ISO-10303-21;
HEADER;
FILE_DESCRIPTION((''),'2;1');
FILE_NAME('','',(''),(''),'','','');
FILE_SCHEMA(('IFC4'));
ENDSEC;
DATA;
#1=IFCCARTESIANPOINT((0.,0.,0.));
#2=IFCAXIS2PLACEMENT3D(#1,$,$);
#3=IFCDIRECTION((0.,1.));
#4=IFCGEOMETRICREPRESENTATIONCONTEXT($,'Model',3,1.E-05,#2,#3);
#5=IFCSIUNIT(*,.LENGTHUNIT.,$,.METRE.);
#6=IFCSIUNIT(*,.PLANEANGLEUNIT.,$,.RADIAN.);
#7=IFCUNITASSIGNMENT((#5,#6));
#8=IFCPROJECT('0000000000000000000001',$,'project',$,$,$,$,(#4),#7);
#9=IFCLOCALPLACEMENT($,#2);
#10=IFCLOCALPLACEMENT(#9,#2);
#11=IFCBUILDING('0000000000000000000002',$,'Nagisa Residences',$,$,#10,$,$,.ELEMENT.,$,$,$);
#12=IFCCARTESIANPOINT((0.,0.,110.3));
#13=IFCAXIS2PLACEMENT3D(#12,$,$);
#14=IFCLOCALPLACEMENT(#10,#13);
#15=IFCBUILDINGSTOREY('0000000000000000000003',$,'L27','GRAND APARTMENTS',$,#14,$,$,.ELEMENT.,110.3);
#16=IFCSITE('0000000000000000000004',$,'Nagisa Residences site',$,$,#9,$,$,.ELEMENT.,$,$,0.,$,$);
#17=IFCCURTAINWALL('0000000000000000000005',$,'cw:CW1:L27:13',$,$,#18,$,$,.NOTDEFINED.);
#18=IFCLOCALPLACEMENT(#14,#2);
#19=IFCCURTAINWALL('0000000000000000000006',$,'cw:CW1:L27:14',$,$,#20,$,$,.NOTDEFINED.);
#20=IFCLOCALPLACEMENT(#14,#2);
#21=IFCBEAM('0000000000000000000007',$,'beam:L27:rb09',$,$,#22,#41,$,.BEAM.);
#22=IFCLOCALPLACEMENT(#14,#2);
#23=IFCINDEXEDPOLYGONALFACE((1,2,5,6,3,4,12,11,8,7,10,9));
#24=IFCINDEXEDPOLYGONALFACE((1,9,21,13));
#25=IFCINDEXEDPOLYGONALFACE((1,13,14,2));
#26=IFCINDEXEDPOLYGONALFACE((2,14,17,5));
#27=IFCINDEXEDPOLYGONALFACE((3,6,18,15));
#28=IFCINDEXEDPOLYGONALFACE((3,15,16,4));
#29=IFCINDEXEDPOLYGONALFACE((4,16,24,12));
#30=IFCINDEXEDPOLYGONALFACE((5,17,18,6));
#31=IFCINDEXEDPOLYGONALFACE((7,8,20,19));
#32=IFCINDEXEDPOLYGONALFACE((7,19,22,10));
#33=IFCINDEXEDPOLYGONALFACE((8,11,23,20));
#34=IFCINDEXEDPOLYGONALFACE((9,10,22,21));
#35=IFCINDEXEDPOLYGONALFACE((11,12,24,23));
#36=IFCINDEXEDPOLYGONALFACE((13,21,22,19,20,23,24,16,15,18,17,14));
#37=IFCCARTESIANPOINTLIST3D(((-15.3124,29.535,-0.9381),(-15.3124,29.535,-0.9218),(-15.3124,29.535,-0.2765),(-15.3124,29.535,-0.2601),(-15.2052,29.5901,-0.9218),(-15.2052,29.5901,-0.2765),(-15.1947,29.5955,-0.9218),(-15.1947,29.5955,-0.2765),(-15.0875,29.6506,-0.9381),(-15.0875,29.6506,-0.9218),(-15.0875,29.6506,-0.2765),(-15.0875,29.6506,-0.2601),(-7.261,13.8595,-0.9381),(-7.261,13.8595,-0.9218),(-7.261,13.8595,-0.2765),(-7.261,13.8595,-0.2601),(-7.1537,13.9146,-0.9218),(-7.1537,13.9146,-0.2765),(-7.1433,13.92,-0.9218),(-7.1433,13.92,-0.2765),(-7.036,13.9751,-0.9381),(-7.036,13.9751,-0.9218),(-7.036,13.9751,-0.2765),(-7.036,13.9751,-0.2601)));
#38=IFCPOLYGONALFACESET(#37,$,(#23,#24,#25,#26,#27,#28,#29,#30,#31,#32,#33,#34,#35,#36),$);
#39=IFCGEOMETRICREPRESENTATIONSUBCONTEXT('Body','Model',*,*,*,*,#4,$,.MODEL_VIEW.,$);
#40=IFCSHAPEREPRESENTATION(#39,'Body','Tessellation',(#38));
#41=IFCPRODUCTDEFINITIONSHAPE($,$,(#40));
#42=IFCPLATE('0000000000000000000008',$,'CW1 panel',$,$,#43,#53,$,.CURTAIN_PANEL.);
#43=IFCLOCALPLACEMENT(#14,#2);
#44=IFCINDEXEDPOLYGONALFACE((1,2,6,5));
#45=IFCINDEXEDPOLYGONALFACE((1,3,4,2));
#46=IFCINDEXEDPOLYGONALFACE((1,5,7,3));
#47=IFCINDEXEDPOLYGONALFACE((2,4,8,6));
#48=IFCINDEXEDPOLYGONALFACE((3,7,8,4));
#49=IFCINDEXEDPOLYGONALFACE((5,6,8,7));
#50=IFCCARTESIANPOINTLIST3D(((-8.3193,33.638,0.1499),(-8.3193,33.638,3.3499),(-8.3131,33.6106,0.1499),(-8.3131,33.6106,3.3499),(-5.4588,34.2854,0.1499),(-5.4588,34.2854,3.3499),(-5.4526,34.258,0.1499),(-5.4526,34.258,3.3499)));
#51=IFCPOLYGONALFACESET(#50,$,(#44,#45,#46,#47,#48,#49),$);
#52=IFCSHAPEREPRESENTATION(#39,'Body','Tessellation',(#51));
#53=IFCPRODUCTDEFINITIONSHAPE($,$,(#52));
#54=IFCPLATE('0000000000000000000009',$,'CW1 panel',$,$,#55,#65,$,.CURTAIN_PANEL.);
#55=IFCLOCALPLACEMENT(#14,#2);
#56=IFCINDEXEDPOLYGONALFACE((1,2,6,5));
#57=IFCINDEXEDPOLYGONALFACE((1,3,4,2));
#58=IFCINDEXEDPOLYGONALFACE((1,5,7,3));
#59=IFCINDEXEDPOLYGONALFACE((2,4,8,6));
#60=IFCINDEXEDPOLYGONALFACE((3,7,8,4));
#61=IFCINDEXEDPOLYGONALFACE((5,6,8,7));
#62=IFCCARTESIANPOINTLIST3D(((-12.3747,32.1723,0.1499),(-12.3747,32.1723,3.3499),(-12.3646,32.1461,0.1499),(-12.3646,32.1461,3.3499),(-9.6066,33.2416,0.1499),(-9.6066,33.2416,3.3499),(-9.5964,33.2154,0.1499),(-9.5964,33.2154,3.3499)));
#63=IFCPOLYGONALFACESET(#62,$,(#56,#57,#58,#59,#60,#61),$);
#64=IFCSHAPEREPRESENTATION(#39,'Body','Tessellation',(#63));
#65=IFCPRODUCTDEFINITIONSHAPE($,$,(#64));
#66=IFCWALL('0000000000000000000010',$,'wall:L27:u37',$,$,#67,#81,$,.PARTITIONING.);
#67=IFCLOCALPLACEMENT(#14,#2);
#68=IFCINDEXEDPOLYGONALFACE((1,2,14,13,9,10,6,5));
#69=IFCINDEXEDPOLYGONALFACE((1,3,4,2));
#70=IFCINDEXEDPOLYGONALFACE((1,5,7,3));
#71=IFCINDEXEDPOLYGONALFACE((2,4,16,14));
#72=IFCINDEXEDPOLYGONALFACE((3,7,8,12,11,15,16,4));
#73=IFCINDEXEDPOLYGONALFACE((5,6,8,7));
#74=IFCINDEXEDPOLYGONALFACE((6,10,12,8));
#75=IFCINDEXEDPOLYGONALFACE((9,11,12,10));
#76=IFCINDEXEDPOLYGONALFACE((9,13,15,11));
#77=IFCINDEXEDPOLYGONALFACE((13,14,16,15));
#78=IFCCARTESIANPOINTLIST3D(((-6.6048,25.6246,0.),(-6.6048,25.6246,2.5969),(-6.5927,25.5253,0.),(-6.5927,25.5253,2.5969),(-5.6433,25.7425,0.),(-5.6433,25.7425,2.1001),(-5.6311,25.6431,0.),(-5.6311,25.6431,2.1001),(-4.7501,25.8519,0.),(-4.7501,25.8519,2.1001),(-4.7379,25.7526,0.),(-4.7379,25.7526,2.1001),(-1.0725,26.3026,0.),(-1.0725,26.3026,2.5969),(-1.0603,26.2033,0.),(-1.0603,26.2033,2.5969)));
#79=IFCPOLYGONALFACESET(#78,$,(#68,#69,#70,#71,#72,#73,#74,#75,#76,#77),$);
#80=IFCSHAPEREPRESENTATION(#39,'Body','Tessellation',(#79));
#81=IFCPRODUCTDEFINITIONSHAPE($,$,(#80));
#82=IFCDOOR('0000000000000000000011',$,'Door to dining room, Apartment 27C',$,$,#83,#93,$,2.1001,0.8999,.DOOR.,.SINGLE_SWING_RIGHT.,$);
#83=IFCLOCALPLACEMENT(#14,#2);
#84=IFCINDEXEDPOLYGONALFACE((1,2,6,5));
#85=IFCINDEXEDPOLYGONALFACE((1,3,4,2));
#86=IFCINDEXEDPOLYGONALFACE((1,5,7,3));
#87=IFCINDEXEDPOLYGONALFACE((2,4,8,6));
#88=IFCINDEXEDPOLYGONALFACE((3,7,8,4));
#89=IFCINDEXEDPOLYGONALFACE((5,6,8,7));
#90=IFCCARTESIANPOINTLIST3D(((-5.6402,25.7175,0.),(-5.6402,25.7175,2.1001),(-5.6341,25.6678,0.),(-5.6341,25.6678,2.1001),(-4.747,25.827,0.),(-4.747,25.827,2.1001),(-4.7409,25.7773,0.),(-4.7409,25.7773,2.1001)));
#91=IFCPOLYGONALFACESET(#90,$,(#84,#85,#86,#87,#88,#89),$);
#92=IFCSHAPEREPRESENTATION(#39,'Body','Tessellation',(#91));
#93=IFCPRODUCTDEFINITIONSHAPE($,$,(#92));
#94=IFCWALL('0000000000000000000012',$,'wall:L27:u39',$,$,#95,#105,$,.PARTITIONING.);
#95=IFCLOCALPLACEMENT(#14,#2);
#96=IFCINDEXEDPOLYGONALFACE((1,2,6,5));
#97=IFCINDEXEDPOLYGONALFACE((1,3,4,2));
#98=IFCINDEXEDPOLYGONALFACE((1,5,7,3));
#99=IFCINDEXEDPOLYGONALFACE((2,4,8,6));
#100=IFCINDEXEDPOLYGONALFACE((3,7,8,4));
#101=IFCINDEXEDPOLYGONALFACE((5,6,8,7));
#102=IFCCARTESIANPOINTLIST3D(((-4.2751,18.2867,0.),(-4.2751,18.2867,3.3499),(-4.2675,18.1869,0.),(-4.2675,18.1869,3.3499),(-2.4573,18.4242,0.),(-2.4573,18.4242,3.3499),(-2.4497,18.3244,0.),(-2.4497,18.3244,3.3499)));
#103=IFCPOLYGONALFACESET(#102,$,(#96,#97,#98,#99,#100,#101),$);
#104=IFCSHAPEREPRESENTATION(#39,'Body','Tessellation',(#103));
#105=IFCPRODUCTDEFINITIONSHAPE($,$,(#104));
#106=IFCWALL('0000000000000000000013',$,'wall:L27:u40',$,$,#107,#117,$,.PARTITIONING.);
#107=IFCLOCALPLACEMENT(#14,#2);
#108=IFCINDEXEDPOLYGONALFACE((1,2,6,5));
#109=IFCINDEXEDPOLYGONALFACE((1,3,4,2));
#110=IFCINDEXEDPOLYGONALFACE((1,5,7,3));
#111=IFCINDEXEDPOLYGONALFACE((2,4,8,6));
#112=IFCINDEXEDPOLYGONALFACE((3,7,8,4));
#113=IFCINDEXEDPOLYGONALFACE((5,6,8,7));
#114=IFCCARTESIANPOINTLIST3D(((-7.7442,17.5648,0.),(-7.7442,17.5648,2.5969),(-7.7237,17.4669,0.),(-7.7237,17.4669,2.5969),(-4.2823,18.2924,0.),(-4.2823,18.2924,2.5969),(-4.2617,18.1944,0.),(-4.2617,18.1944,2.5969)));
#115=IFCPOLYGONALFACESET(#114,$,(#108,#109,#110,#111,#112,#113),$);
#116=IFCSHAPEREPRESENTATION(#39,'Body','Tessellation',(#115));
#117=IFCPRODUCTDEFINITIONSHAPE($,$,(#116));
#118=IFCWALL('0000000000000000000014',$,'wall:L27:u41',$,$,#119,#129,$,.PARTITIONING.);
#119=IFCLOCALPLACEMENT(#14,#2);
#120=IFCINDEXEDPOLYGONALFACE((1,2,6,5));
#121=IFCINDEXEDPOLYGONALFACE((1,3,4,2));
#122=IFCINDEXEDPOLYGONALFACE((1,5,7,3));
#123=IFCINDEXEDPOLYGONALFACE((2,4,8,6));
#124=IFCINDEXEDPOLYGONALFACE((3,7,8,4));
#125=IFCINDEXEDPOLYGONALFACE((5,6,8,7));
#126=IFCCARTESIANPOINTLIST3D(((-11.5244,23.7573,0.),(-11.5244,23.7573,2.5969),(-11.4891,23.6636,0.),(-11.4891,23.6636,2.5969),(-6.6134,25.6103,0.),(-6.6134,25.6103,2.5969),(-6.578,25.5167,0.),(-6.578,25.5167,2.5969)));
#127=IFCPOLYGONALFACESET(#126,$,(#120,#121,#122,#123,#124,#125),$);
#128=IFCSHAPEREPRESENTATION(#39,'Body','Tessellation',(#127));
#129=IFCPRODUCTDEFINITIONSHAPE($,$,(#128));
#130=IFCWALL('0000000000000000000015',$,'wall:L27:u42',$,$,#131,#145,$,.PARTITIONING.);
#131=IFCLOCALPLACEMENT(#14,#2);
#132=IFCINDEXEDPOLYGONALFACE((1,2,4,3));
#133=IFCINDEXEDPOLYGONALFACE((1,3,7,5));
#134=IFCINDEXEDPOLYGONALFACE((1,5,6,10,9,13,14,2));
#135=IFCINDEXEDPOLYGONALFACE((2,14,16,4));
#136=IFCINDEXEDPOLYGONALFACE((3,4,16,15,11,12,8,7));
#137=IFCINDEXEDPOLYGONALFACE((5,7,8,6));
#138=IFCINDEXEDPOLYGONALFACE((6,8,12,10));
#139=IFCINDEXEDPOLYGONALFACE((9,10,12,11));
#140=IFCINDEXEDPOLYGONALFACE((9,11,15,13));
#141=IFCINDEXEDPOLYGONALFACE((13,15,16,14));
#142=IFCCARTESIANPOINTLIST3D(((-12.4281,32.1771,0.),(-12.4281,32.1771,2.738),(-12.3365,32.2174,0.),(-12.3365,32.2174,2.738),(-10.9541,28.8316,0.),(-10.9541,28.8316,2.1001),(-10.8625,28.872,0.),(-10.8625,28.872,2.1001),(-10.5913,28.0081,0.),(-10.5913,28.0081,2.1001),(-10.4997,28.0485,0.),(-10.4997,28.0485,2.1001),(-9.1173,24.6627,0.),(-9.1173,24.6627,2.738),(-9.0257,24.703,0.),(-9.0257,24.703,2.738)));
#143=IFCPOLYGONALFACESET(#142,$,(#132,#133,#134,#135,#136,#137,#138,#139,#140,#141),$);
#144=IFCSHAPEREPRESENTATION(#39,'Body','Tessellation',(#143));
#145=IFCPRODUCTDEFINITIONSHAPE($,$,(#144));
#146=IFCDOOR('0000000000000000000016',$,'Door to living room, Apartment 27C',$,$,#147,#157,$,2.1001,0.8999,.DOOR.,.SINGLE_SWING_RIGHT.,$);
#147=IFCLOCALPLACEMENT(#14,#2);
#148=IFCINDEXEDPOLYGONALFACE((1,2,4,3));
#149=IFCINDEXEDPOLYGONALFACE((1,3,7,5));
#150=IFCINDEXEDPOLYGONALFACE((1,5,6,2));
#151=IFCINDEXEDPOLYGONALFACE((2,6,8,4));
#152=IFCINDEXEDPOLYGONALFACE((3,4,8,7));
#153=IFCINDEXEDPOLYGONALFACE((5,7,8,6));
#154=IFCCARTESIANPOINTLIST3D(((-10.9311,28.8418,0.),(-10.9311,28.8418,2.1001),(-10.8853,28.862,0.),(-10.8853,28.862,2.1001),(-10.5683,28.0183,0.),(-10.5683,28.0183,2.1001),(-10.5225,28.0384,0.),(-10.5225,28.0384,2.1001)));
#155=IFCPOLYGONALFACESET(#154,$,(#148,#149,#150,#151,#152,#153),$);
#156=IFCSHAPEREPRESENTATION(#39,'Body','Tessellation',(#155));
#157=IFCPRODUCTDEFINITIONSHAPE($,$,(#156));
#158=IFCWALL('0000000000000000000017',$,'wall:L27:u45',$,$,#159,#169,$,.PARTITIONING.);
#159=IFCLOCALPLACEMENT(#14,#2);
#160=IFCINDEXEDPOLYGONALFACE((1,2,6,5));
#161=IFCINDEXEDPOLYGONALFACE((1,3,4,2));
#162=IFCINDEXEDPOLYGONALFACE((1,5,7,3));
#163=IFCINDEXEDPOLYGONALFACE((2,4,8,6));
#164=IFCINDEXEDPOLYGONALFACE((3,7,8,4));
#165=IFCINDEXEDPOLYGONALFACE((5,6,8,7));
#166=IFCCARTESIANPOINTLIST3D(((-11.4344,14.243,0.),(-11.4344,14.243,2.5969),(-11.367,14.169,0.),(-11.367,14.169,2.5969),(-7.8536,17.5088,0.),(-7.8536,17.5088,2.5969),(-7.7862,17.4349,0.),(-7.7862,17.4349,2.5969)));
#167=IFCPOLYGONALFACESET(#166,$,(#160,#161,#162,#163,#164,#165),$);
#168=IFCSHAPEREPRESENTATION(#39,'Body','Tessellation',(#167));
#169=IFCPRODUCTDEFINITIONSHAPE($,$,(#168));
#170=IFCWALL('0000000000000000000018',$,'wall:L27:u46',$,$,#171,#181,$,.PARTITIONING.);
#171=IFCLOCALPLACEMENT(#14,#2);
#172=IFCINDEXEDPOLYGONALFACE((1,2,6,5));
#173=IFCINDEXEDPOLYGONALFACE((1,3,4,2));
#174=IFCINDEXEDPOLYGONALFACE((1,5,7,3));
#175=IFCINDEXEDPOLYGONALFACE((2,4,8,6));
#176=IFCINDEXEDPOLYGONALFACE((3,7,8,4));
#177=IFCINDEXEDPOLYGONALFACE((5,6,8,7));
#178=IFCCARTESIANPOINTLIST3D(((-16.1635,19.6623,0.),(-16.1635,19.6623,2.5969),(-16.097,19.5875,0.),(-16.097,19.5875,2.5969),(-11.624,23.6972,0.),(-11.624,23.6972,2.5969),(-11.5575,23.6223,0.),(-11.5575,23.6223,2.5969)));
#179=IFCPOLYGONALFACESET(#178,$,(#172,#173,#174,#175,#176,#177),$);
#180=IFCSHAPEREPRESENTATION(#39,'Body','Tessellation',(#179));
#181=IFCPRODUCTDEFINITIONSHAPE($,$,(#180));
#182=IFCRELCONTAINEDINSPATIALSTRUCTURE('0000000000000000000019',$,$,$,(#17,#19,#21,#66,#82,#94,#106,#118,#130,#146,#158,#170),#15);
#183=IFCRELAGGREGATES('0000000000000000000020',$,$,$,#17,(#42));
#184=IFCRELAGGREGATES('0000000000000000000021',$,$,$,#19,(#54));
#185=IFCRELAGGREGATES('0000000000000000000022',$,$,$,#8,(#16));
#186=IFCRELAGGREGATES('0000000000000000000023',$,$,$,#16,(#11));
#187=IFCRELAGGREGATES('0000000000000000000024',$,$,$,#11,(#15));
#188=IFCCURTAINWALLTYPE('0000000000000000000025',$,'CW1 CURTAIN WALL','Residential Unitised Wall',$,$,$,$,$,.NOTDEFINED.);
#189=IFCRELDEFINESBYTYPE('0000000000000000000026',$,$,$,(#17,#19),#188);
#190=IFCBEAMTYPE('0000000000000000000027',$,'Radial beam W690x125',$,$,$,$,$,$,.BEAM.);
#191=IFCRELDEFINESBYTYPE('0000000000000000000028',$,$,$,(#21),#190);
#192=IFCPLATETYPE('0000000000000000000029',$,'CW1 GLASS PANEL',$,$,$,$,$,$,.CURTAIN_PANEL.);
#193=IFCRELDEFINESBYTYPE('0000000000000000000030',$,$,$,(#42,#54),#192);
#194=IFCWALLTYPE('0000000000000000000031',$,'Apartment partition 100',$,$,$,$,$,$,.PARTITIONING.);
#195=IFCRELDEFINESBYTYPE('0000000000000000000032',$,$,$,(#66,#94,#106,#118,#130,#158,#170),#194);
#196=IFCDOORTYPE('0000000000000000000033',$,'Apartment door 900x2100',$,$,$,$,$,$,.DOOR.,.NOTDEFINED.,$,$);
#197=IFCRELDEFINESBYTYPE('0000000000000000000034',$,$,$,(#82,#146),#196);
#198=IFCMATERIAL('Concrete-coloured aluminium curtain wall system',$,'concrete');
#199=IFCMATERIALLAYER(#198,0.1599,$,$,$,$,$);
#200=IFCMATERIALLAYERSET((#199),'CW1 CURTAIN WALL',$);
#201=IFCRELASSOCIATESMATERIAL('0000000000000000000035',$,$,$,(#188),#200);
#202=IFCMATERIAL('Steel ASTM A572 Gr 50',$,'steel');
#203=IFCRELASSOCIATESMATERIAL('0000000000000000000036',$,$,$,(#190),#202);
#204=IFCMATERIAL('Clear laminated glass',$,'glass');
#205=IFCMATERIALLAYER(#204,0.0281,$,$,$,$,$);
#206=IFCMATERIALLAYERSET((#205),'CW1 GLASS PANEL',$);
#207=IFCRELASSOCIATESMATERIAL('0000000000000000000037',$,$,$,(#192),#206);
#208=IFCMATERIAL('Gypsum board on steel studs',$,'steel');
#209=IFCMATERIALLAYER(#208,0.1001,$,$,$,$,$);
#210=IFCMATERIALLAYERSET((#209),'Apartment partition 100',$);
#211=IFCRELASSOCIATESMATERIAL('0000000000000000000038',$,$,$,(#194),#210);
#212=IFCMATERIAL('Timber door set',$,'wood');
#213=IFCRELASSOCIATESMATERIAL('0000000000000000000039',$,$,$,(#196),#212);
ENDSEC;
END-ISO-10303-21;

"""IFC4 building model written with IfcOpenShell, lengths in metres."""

from ifc_helpers import new_model, si_unit, direction, frame, frame_2d, origin, origin_2d, place, context, subcontext, project, spatial, rectangle, i_section, extrude, material, layer, layer_set, material_profile, profile_set, type_object, element, fill, aggregate, save


model = new_model("IFC4")

# Units and contexts
model_context = context("Model", 3, precision=1e-05, world=origin(), true_north=direction((0.0, 1.0)))
body_context = subcontext(model_context, "Body", "Model", "MODEL_VIEW")
ifc_project = project(units=[si_unit("LENGTHUNIT", "METRE"), si_unit("PLANEANGLEUNIT", "RADIAN")], contexts=[model_context])

# Site, building, storey
site_placement = place(None, origin())
site = spatial("IfcSite", under=ifc_project, at=site_placement, Name="Nagisa Residences site", CompositionType="ELEMENT", RefElevation=0.0)
building_placement = place(site_placement, origin())
building = spatial("IfcBuilding", under=site, at=building_placement, Name="Nagisa Residences", CompositionType="ELEMENT")
storey_placement = place(building_placement, frame((0.0, 0.0, 110.3)))
storey = spatial("IfcBuildingStorey", under=building, at=storey_placement, Name="L27", Description="GRAND APARTMENTS", CompositionType="ELEMENT", Elevation=110.3)

# Curtain walls
ifc_material_1 = material(Name="Concrete-coloured aluminium curtain wall system", Category="concrete")
ifc_layer_1 = layer(ifc_material_1, 0.1599)
ifc_layer_set_1 = layer_set([ifc_layer_1], Name="CW1 CURTAIN WALL")
curtain_wall_type = type_object("IfcCurtainWallType", Name="CW1 CURTAIN WALL", Description="Residential Unitised Wall", PredefinedType="NOTDEFINED", material=ifc_layer_set_1)
curtain_wall_1_placement = place(storey_placement, origin())
curtain_wall_1 = element("IfcCurtainWall", 1, at=curtain_wall_1_placement, inside=storey, type_object=curtain_wall_type, Name="cw:CW1:L27:13", PredefinedType="NOTDEFINED")
curtain_wall_2_placement = place(storey_placement, origin())
curtain_wall_2 = element("IfcCurtainWall", 2, at=curtain_wall_2_placement, inside=storey, type_object=curtain_wall_type, Name="cw:CW1:L27:14", PredefinedType="NOTDEFINED")

# Beam
ifc_material_2 = material(Name="Steel ASTM A572 Gr 50", Category="steel")
ifc_material_profile_1 = material_profile(ifc_material_2, i_section(OverallWidth=0.2529, OverallDepth=0.678, WebThickness=0.0117, FlangeThickness=0.0164, at=origin_2d()), Name="W690x125")
ifc_profile_set_1 = profile_set([ifc_material_profile_1], Name="Steel ASTM A572 Gr 50")
beam_type_1 = type_object("IfcBeamType", Name="Radial beam W690x125", PredefinedType="BEAM", material=ifc_profile_set_1)
beam_1_placement = place(storey_placement, frame((-15.2, 29.5928, -0.5991), z_axis=(0.456891, -0.889523, 0.0), x_axis=(0.889523, 0.456891, 0.0)))
element("IfcBeam", 3, at=beam_1_placement, inside=storey, type_object=beam_type_1, Name="beam:L27:rb09", PredefinedType="BEAM", context=body_context, shape_type="SweptSolid", body=[
    extrude(i_section(OverallWidth=0.2529, OverallDepth=0.678, WebThickness=0.0117, FlangeThickness=0.0164, at=origin_2d()), origin(), (0.0, 0.0, 1.0), 17.6223),
])

# Plates
ifc_material_3 = material(Name="Clear laminated glass", Category="glass")
ifc_layer_2 = layer(ifc_material_3, 0.0281)
ifc_layer_set_2 = layer_set([ifc_layer_2], Name="CW1 GLASS PANEL")
plate_type = type_object("IfcPlateType", Name="CW1 GLASS PANEL", PredefinedType="CURTAIN_PANEL", material=ifc_layer_set_2)
plate_1_placement = place(storey_placement, frame((-6.886, 33.948, 0.1499), z_axis=(0.0, 0.0, 1.0), x_axis=(-0.975327, -0.220764, 0.0)))
plate_1 = element("IfcPlate", 4, at=plate_1_placement, type_object=plate_type, Name="CW1 panel", PredefinedType="CURTAIN_PANEL", context=body_context, shape_type="SweptSolid", body=[
    extrude(rectangle(XDim=2.9329, YDim=0.0281, at=origin_2d()), origin(), (0.0, 0.0, 1.0), 3.2),
])
aggregate(curtain_wall_1, [plate_1])
plate_2_placement = place(storey_placement, frame((-10.9856, 32.6938, 0.1499), z_axis=(0.0, 0.0, 1.0), x_axis=(-0.932826, -0.360328, 0.0)))
plate_2 = element("IfcPlate", 5, at=plate_2_placement, type_object=plate_type, Name="CW1 panel", PredefinedType="CURTAIN_PANEL", context=body_context, shape_type="SweptSolid", body=[
    extrude(rectangle(XDim=2.9675, YDim=0.0281, at=origin_2d()), origin(), (0.0, 0.0, 1.0), 3.2),
])
aggregate(curtain_wall_2, [plate_2])

# Wall, opening, door
ifc_material_4 = material(Name="Gypsum board on steel studs", Category="steel")
ifc_layer_3 = layer(ifc_material_4, 0.1001)
ifc_layer_set_3 = layer_set([ifc_layer_3], Name="Apartment partition 100")
wall_type_1 = type_object("IfcWallType", Name="Apartment partition 100", PredefinedType="PARTITIONING", material=ifc_layer_set_3)
wall_1_placement = place(storey_placement, frame((-1.0664, 26.2529, 0.0), z_axis=(0.0, 0.0, 1.0), x_axis=(-0.992574, -0.121641, 0.0)))
wall_1 = element("IfcWall", 6, at=wall_1_placement, inside=storey, type_object=wall_type_1, Name="wall:L27:u37", PredefinedType="PARTITIONING", context=body_context, shape_type="SweptSolid", body=[
    extrude(rectangle(XDim=5.5737, YDim=0.1001, at=frame_2d((2.7869, 0.0))), origin(), (0.0, 0.0, 1.0), 2.5969),
])
opening_1_placement = place(wall_1_placement, frame((3.7051, 0.0, 0.0)))
opening_1 = element("IfcOpeningElement", 7, at=opening_1_placement, cuts=wall_1, PredefinedType="OPENING", context=body_context, shape_type="SweptSolid", body=[
    extrude(rectangle(XDim=0.8999, YDim=2.1001, at=frame_2d((0.45, 1.05))), frame((0.0, 0.0601, 0.0), z_axis=(0.0, -1.0, 0.0), x_axis=(1.0, 0.0, 0.0)), (0.0, 0.0, 1.0), 0.1201),
])
ifc_material_5 = material(Name="Timber door set", Category="wood")
door_type_1 = type_object("IfcDoorType", Name="Apartment door 900x2100", OperationType="NOTDEFINED", PredefinedType="DOOR", material=ifc_material_5)
door_1_placement = place(opening_1_placement, frame((0.8999, 0.0, 0.0), x_axis=(-1.0, 0.0, 0.0)))
door_1 = element("IfcDoor", 8, at=door_1_placement, inside=storey, type_object=door_type_1, Name="Door to dining room, Apartment 27C", OperationType="SINGLE_SWING_RIGHT", OverallHeight=2.1001, OverallWidth=0.8999, PredefinedType="DOOR", context=body_context, shape_type="SweptSolid", body=[
    extrude(rectangle(XDim=0.8999, YDim=2.1001, at=frame_2d((0.45, 1.05))), frame((0.0, 0.0249, 0.0), z_axis=(0.0, -1.0, 0.0), x_axis=(1.0, 0.0, 0.0)), (0.0, 0.0, 1.0), 0.05),
])
fill(opening_1, door_1)

# Walls
wall_2_placement = place(storey_placement, frame((-2.4534, 18.3743, 0.0), z_axis=(0.0, 0.0, 1.0), x_axis=(-0.997154, -0.075396, 0.0)))
element("IfcWall", 9, at=wall_2_placement, inside=storey, type_object=wall_type_1, Name="wall:L27:u39", PredefinedType="PARTITIONING", context=body_context, shape_type="SweptSolid", body=[
    extrude(rectangle(XDim=1.823, YDim=0.1001, at=frame_2d((0.9116, 0.0))), origin(), (0.0, 0.0, 1.0), 3.3499),
])
wall_3_placement = place(storey_placement, frame((-4.272, 18.2434, 0.0), z_axis=(0.0, 0.0, 1.0), x_axis=(-0.978623, -0.205663, 0.0)))
element("IfcWall", 10, at=wall_3_placement, inside=storey, type_object=wall_type_1, Name="wall:L27:u40", PredefinedType="PARTITIONING", context=body_context, shape_type="SweptSolid", body=[
    extrude(rectangle(XDim=3.5376, YDim=0.1001, at=frame_2d((1.7688, 0.0))), origin(), (0.0, 0.0, 1.0), 2.5969),
])
wall_4_placement = place(storey_placement, frame((-6.5957, 25.5635, 0.0), z_axis=(0.0, 0.0, 1.0), x_axis=(-0.935616, -0.353019, 0.0)))
element("IfcWall", 11, at=wall_4_placement, inside=storey, type_object=wall_type_1, Name="wall:L27:u41", PredefinedType="PARTITIONING", context=body_context, shape_type="SweptSolid", body=[
    extrude(rectangle(XDim=5.249, YDim=0.1001, at=frame_2d((2.6245, 0.0))), origin(), (0.0, 0.0, 1.0), 2.5969),
])

# Wall, opening, door
wall_5_placement = place(storey_placement, frame((-9.0715, 24.6829, 0.0), z_axis=(0.0, 0.0, 1.0), x_axis=(-0.403193, 0.915115, 0.0)))
wall_5 = element("IfcWall", 12, at=wall_5_placement, inside=storey, type_object=wall_type_1, Name="wall:L27:u42", PredefinedType="PARTITIONING", context=body_context, shape_type="SweptSolid", body=[
    extrude(rectangle(XDim=8.2114, YDim=0.1001, at=frame_2d((4.1057, 0.0))), origin(), (0.0, 0.0, 1.0), 2.738),
])
opening_2_placement = place(wall_5_placement, frame((3.6558, 0.0, 0.0)))
opening_2 = element("IfcOpeningElement", 13, at=opening_2_placement, cuts=wall_5, PredefinedType="OPENING", context=body_context, shape_type="SweptSolid", body=[
    extrude(rectangle(XDim=0.8999, YDim=2.1001, at=frame_2d((0.45, 1.05))), frame((0.0, 0.0601, 0.0), z_axis=(0.0, -1.0, 0.0), x_axis=(1.0, 0.0, 0.0)), (0.0, 0.0, 1.0), 0.1201),
])
door_2_placement = place(opening_2_placement, origin())
door_2 = element("IfcDoor", 14, at=door_2_placement, inside=storey, type_object=door_type_1, Name="Door to living room, Apartment 27C", OperationType="SINGLE_SWING_RIGHT", OverallHeight=2.1001, OverallWidth=0.8999, PredefinedType="DOOR", context=body_context, shape_type="SweptSolid", body=[
    extrude(rectangle(XDim=0.8999, YDim=2.1001, at=frame_2d((0.45, 1.05))), frame((0.0, 0.0249, 0.0), z_axis=(0.0, -1.0, 0.0), x_axis=(1.0, 0.0, 0.0)), (0.0, 0.0, 1.0), 0.05),
])
fill(opening_2, door_2)

# Walls
wall_6_placement = place(storey_placement, frame((-7.8198, 17.4719, 0.0), z_axis=(0.0, 0.0, 1.0), x_axis=(-0.738852, -0.673868, 0.0)))
element("IfcWall", 15, at=wall_6_placement, inside=storey, type_object=wall_type_1, Name="wall:L27:u45", PredefinedType="PARTITIONING", context=body_context, shape_type="SweptSolid", body=[
    extrude(rectangle(XDim=4.8464, YDim=0.1001, at=frame_2d((2.4233, 0.0))), origin(), (0.0, 0.0, 1.0), 2.5969),
])
wall_7_placement = place(storey_placement, frame((-11.5908, 23.6597, 0.0), z_axis=(0.0, 0.0, 1.0), x_axis=(-0.747429, -0.664341, 0.0)))
element("IfcWall", 16, at=wall_7_placement, inside=storey, type_object=wall_type_1, Name="wall:L27:u46", PredefinedType="PARTITIONING", context=body_context, shape_type="SweptSolid", body=[
    extrude(rectangle(XDim=6.0735, YDim=0.1001, at=frame_2d((3.0366, 0.0))), origin(), (0.0, 0.0, 1.0), 2.5969),
])

save(model, "model.ifc")
